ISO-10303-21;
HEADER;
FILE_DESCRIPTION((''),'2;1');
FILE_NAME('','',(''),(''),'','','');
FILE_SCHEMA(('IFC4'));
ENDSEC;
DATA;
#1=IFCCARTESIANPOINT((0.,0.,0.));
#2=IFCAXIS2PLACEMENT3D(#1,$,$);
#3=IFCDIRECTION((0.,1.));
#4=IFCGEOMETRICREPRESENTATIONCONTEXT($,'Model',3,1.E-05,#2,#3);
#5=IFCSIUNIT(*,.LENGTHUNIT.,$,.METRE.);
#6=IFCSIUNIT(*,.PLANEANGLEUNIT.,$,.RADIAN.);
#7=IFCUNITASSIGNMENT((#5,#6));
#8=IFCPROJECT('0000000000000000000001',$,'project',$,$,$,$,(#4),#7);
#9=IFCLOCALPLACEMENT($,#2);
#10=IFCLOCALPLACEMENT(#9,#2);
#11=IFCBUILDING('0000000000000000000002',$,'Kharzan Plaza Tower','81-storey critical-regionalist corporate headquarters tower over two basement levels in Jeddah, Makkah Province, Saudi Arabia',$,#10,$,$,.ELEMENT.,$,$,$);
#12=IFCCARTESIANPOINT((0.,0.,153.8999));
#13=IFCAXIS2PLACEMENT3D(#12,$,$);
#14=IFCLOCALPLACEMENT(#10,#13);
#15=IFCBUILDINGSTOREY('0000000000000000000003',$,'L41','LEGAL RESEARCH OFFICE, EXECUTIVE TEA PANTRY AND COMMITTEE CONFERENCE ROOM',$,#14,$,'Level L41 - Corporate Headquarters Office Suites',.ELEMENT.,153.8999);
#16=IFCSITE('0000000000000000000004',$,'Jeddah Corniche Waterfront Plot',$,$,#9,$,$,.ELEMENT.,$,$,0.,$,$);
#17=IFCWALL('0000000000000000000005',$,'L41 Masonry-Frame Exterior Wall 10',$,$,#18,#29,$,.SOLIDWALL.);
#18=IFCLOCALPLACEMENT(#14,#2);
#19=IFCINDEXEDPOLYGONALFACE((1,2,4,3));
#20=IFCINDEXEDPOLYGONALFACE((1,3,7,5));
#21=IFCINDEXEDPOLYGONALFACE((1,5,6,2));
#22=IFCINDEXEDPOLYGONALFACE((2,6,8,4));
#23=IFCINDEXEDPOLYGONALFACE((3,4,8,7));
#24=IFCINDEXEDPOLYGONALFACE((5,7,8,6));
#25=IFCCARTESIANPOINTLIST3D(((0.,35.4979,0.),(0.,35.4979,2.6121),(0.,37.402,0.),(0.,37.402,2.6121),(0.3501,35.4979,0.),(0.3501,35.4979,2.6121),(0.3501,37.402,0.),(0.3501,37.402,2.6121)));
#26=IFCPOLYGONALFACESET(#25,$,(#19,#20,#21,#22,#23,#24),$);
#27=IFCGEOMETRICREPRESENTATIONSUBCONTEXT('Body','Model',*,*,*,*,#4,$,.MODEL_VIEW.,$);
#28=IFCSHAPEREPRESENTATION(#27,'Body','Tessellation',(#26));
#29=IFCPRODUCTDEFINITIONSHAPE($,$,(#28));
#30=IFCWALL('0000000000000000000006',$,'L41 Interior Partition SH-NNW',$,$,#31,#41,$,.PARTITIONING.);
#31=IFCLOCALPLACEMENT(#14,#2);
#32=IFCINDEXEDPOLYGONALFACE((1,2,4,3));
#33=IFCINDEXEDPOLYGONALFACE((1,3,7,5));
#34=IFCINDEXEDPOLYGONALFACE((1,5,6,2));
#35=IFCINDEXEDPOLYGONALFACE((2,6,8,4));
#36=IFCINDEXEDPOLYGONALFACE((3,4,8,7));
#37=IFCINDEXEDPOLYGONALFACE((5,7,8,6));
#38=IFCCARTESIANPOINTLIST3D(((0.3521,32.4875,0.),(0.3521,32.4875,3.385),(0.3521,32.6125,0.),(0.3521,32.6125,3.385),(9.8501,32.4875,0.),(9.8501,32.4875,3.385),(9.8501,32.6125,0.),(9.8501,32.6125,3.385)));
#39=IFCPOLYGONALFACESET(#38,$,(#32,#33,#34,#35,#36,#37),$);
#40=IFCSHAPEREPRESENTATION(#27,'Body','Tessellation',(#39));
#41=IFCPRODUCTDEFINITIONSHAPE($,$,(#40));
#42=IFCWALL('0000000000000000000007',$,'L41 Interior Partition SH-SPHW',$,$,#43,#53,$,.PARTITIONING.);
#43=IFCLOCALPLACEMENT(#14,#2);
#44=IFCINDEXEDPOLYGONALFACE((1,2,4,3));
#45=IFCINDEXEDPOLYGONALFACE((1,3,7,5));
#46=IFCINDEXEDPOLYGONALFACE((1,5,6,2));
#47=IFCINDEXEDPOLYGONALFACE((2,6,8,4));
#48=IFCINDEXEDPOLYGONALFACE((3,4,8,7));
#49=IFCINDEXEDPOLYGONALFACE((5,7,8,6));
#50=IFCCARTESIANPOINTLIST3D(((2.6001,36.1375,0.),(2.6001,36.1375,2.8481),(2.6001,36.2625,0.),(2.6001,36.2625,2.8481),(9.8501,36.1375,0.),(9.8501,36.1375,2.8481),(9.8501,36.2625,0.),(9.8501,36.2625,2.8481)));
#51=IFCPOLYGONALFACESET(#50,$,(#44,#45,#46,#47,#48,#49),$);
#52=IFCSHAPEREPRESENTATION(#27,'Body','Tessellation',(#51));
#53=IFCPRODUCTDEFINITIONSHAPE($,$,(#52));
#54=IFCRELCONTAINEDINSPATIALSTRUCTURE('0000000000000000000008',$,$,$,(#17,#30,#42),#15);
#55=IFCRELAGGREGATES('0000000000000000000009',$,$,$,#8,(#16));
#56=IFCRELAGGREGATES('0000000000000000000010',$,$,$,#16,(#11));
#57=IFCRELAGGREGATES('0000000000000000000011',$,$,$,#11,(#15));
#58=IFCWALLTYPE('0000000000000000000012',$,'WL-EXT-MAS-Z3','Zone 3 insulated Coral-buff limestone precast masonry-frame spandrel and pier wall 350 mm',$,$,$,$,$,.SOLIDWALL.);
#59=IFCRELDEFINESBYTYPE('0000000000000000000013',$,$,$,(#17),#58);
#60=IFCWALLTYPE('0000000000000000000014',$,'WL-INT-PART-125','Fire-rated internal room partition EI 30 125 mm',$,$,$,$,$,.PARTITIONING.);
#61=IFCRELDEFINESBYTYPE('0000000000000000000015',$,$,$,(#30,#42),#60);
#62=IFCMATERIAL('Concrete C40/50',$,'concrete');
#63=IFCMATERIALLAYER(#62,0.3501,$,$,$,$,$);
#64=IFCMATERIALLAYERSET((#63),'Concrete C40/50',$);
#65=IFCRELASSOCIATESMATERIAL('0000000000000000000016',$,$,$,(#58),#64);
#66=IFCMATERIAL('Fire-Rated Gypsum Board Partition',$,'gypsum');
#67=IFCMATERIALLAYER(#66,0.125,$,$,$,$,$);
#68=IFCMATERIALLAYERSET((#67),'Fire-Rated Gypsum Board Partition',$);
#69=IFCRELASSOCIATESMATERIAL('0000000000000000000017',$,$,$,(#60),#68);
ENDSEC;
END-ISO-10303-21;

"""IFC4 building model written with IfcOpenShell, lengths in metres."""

from ifc_helpers import new_model, si_unit, direction, frame, frame_2d, origin, place, context, subcontext, project, spatial, rectangle, extrude, source, transform, mapped, material, layer, layer_set, type_object, element, save


model = new_model("IFC4")

# Units and contexts
model_context = context("Model", 3, precision=1e-05, world=origin(), true_north=direction((0.0, 1.0)))
body_context = subcontext(model_context, "Body", "Model", "MODEL_VIEW")
ifc_project = project(units=[si_unit("LENGTHUNIT", "METRE"), si_unit("PLANEANGLEUNIT", "RADIAN")], contexts=[model_context])

# Site, building, storey
site_placement = place(None, origin())
site = spatial("IfcSite", under=ifc_project, at=site_placement, Name="Jeddah Corniche Waterfront Plot", CompositionType="ELEMENT", RefElevation=0.0)
building_placement = place(site_placement, origin())
building = spatial("IfcBuilding", under=site, at=building_placement, Name="Kharzan Plaza Tower", Description="81-storey critical-regionalist corporate headquarters tower over two basement levels in Jeddah, Makkah Province, Saudi Arabia", CompositionType="ELEMENT")
storey_placement = place(building_placement, frame((0.0, 0.0, 153.8999)))
storey = spatial("IfcBuildingStorey", under=building, at=storey_placement, Name="L41", Description="LEGAL RESEARCH OFFICE, EXECUTIVE TEA PANTRY AND COMMITTEE CONFERENCE ROOM", LongName="Level L41 - Corporate Headquarters Office Suites", CompositionType="ELEMENT", Elevation=153.8999)

# Shared definitions
ifc_material_1 = material(Name="Concrete C40/50", Category="concrete")
ifc_layer_1 = layer(ifc_material_1, 0.3501)
ifc_layer_set_1 = layer_set([ifc_layer_1], Name="Concrete C40/50")
wall_type_1 = type_object("IfcWallType", Name="WL-EXT-MAS-Z3", Description="Zone 3 insulated Coral-buff limestone precast masonry-frame spandrel and pier wall 350 mm", PredefinedType="SOLIDWALL", material=ifc_layer_set_1)

# Shared definitions
ifc_material_2 = material(Name="Fire-Rated Gypsum Board Partition", Category="gypsum")
ifc_layer_2 = layer(ifc_material_2, 0.125)
ifc_layer_set_2 = layer_set([ifc_layer_2], Name="Fire-Rated Gypsum Board Partition")
wall_type_2 = type_object("IfcWallType", Name="WL-INT-PART-125", Description="Fire-rated internal room partition EI 30 125 mm", PredefinedType="PARTITIONING", material=ifc_layer_set_2)

# Walls
shared_shape_1 = source(origin(), body_context, "Body", "SweptSolid", [
    extrude(rectangle(XDim=1.9041, YDim=0.3501, at=frame_2d((0.9521, 0.0))), origin(), (0.0, 0.0, 1.0), 2.6121),
])
wall_1_placement = place(storey_placement, frame((0.175, 37.4021, 0.0), z_axis=(0.0, 0.0, 1.0), x_axis=(0.0, -1.0, 0.0)))
element("IfcWall", 1, at=wall_1_placement, inside=storey, type_object=wall_type_1, Name="L41 Masonry-Frame Exterior Wall 10", PredefinedType="SOLIDWALL", context=body_context, shape_type="MappedRepresentation", body=[
    mapped(shared_shape_1, transform((0.0, 0.0, 0.0), x_axis=(1.0, 0.0, 0.0), y_axis=(0.0, 1.0, 0.0), z_axis=(0.0, 0.0, 1.0))),
])
shared_shape_2 = source(origin(), body_context, "Body", "SweptSolid", [
    extrude(rectangle(XDim=9.498, YDim=0.125, at=frame_2d((4.749, 0.0))), origin(), (0.0, 0.0, 1.0), 3.385),
])
wall_2_placement = place(storey_placement, frame((0.3521, 32.55, 0.0), z_axis=(0.0, 0.0, 1.0), x_axis=(1.0, 0.0, 0.0)))
element("IfcWall", 2, at=wall_2_placement, inside=storey, type_object=wall_type_2, Name="L41 Interior Partition SH-NNW", PredefinedType="PARTITIONING", context=body_context, shape_type="MappedRepresentation", body=[
    mapped(shared_shape_2, transform((0.0, 0.0, 0.0), x_axis=(1.0, 0.0, 0.0), y_axis=(0.0, 1.0, 0.0), z_axis=(0.0, 0.0, 1.0))),
])
shared_shape_3 = source(origin(), body_context, "Body", "SweptSolid", [
    extrude(rectangle(XDim=7.25, YDim=0.125, at=frame_2d((3.625, 0.0))), origin(), (0.0, 0.0, 1.0), 2.8481),
])
wall_3_placement = place(storey_placement, frame((2.6001, 36.2, 0.0), z_axis=(0.0, 0.0, 1.0), x_axis=(1.0, 0.0, 0.0)))
element("IfcWall", 3, at=wall_3_placement, inside=storey, type_object=wall_type_2, Name="L41 Interior Partition SH-SPHW", PredefinedType="PARTITIONING", context=body_context, shape_type="MappedRepresentation", body=[
    mapped(shared_shape_3, transform((0.0, 0.0, 0.0), x_axis=(1.0, 0.0, 0.0), y_axis=(0.0, 1.0, 0.0), z_axis=(0.0, 0.0, 1.0))),
])

save(model, "model.ifc")
